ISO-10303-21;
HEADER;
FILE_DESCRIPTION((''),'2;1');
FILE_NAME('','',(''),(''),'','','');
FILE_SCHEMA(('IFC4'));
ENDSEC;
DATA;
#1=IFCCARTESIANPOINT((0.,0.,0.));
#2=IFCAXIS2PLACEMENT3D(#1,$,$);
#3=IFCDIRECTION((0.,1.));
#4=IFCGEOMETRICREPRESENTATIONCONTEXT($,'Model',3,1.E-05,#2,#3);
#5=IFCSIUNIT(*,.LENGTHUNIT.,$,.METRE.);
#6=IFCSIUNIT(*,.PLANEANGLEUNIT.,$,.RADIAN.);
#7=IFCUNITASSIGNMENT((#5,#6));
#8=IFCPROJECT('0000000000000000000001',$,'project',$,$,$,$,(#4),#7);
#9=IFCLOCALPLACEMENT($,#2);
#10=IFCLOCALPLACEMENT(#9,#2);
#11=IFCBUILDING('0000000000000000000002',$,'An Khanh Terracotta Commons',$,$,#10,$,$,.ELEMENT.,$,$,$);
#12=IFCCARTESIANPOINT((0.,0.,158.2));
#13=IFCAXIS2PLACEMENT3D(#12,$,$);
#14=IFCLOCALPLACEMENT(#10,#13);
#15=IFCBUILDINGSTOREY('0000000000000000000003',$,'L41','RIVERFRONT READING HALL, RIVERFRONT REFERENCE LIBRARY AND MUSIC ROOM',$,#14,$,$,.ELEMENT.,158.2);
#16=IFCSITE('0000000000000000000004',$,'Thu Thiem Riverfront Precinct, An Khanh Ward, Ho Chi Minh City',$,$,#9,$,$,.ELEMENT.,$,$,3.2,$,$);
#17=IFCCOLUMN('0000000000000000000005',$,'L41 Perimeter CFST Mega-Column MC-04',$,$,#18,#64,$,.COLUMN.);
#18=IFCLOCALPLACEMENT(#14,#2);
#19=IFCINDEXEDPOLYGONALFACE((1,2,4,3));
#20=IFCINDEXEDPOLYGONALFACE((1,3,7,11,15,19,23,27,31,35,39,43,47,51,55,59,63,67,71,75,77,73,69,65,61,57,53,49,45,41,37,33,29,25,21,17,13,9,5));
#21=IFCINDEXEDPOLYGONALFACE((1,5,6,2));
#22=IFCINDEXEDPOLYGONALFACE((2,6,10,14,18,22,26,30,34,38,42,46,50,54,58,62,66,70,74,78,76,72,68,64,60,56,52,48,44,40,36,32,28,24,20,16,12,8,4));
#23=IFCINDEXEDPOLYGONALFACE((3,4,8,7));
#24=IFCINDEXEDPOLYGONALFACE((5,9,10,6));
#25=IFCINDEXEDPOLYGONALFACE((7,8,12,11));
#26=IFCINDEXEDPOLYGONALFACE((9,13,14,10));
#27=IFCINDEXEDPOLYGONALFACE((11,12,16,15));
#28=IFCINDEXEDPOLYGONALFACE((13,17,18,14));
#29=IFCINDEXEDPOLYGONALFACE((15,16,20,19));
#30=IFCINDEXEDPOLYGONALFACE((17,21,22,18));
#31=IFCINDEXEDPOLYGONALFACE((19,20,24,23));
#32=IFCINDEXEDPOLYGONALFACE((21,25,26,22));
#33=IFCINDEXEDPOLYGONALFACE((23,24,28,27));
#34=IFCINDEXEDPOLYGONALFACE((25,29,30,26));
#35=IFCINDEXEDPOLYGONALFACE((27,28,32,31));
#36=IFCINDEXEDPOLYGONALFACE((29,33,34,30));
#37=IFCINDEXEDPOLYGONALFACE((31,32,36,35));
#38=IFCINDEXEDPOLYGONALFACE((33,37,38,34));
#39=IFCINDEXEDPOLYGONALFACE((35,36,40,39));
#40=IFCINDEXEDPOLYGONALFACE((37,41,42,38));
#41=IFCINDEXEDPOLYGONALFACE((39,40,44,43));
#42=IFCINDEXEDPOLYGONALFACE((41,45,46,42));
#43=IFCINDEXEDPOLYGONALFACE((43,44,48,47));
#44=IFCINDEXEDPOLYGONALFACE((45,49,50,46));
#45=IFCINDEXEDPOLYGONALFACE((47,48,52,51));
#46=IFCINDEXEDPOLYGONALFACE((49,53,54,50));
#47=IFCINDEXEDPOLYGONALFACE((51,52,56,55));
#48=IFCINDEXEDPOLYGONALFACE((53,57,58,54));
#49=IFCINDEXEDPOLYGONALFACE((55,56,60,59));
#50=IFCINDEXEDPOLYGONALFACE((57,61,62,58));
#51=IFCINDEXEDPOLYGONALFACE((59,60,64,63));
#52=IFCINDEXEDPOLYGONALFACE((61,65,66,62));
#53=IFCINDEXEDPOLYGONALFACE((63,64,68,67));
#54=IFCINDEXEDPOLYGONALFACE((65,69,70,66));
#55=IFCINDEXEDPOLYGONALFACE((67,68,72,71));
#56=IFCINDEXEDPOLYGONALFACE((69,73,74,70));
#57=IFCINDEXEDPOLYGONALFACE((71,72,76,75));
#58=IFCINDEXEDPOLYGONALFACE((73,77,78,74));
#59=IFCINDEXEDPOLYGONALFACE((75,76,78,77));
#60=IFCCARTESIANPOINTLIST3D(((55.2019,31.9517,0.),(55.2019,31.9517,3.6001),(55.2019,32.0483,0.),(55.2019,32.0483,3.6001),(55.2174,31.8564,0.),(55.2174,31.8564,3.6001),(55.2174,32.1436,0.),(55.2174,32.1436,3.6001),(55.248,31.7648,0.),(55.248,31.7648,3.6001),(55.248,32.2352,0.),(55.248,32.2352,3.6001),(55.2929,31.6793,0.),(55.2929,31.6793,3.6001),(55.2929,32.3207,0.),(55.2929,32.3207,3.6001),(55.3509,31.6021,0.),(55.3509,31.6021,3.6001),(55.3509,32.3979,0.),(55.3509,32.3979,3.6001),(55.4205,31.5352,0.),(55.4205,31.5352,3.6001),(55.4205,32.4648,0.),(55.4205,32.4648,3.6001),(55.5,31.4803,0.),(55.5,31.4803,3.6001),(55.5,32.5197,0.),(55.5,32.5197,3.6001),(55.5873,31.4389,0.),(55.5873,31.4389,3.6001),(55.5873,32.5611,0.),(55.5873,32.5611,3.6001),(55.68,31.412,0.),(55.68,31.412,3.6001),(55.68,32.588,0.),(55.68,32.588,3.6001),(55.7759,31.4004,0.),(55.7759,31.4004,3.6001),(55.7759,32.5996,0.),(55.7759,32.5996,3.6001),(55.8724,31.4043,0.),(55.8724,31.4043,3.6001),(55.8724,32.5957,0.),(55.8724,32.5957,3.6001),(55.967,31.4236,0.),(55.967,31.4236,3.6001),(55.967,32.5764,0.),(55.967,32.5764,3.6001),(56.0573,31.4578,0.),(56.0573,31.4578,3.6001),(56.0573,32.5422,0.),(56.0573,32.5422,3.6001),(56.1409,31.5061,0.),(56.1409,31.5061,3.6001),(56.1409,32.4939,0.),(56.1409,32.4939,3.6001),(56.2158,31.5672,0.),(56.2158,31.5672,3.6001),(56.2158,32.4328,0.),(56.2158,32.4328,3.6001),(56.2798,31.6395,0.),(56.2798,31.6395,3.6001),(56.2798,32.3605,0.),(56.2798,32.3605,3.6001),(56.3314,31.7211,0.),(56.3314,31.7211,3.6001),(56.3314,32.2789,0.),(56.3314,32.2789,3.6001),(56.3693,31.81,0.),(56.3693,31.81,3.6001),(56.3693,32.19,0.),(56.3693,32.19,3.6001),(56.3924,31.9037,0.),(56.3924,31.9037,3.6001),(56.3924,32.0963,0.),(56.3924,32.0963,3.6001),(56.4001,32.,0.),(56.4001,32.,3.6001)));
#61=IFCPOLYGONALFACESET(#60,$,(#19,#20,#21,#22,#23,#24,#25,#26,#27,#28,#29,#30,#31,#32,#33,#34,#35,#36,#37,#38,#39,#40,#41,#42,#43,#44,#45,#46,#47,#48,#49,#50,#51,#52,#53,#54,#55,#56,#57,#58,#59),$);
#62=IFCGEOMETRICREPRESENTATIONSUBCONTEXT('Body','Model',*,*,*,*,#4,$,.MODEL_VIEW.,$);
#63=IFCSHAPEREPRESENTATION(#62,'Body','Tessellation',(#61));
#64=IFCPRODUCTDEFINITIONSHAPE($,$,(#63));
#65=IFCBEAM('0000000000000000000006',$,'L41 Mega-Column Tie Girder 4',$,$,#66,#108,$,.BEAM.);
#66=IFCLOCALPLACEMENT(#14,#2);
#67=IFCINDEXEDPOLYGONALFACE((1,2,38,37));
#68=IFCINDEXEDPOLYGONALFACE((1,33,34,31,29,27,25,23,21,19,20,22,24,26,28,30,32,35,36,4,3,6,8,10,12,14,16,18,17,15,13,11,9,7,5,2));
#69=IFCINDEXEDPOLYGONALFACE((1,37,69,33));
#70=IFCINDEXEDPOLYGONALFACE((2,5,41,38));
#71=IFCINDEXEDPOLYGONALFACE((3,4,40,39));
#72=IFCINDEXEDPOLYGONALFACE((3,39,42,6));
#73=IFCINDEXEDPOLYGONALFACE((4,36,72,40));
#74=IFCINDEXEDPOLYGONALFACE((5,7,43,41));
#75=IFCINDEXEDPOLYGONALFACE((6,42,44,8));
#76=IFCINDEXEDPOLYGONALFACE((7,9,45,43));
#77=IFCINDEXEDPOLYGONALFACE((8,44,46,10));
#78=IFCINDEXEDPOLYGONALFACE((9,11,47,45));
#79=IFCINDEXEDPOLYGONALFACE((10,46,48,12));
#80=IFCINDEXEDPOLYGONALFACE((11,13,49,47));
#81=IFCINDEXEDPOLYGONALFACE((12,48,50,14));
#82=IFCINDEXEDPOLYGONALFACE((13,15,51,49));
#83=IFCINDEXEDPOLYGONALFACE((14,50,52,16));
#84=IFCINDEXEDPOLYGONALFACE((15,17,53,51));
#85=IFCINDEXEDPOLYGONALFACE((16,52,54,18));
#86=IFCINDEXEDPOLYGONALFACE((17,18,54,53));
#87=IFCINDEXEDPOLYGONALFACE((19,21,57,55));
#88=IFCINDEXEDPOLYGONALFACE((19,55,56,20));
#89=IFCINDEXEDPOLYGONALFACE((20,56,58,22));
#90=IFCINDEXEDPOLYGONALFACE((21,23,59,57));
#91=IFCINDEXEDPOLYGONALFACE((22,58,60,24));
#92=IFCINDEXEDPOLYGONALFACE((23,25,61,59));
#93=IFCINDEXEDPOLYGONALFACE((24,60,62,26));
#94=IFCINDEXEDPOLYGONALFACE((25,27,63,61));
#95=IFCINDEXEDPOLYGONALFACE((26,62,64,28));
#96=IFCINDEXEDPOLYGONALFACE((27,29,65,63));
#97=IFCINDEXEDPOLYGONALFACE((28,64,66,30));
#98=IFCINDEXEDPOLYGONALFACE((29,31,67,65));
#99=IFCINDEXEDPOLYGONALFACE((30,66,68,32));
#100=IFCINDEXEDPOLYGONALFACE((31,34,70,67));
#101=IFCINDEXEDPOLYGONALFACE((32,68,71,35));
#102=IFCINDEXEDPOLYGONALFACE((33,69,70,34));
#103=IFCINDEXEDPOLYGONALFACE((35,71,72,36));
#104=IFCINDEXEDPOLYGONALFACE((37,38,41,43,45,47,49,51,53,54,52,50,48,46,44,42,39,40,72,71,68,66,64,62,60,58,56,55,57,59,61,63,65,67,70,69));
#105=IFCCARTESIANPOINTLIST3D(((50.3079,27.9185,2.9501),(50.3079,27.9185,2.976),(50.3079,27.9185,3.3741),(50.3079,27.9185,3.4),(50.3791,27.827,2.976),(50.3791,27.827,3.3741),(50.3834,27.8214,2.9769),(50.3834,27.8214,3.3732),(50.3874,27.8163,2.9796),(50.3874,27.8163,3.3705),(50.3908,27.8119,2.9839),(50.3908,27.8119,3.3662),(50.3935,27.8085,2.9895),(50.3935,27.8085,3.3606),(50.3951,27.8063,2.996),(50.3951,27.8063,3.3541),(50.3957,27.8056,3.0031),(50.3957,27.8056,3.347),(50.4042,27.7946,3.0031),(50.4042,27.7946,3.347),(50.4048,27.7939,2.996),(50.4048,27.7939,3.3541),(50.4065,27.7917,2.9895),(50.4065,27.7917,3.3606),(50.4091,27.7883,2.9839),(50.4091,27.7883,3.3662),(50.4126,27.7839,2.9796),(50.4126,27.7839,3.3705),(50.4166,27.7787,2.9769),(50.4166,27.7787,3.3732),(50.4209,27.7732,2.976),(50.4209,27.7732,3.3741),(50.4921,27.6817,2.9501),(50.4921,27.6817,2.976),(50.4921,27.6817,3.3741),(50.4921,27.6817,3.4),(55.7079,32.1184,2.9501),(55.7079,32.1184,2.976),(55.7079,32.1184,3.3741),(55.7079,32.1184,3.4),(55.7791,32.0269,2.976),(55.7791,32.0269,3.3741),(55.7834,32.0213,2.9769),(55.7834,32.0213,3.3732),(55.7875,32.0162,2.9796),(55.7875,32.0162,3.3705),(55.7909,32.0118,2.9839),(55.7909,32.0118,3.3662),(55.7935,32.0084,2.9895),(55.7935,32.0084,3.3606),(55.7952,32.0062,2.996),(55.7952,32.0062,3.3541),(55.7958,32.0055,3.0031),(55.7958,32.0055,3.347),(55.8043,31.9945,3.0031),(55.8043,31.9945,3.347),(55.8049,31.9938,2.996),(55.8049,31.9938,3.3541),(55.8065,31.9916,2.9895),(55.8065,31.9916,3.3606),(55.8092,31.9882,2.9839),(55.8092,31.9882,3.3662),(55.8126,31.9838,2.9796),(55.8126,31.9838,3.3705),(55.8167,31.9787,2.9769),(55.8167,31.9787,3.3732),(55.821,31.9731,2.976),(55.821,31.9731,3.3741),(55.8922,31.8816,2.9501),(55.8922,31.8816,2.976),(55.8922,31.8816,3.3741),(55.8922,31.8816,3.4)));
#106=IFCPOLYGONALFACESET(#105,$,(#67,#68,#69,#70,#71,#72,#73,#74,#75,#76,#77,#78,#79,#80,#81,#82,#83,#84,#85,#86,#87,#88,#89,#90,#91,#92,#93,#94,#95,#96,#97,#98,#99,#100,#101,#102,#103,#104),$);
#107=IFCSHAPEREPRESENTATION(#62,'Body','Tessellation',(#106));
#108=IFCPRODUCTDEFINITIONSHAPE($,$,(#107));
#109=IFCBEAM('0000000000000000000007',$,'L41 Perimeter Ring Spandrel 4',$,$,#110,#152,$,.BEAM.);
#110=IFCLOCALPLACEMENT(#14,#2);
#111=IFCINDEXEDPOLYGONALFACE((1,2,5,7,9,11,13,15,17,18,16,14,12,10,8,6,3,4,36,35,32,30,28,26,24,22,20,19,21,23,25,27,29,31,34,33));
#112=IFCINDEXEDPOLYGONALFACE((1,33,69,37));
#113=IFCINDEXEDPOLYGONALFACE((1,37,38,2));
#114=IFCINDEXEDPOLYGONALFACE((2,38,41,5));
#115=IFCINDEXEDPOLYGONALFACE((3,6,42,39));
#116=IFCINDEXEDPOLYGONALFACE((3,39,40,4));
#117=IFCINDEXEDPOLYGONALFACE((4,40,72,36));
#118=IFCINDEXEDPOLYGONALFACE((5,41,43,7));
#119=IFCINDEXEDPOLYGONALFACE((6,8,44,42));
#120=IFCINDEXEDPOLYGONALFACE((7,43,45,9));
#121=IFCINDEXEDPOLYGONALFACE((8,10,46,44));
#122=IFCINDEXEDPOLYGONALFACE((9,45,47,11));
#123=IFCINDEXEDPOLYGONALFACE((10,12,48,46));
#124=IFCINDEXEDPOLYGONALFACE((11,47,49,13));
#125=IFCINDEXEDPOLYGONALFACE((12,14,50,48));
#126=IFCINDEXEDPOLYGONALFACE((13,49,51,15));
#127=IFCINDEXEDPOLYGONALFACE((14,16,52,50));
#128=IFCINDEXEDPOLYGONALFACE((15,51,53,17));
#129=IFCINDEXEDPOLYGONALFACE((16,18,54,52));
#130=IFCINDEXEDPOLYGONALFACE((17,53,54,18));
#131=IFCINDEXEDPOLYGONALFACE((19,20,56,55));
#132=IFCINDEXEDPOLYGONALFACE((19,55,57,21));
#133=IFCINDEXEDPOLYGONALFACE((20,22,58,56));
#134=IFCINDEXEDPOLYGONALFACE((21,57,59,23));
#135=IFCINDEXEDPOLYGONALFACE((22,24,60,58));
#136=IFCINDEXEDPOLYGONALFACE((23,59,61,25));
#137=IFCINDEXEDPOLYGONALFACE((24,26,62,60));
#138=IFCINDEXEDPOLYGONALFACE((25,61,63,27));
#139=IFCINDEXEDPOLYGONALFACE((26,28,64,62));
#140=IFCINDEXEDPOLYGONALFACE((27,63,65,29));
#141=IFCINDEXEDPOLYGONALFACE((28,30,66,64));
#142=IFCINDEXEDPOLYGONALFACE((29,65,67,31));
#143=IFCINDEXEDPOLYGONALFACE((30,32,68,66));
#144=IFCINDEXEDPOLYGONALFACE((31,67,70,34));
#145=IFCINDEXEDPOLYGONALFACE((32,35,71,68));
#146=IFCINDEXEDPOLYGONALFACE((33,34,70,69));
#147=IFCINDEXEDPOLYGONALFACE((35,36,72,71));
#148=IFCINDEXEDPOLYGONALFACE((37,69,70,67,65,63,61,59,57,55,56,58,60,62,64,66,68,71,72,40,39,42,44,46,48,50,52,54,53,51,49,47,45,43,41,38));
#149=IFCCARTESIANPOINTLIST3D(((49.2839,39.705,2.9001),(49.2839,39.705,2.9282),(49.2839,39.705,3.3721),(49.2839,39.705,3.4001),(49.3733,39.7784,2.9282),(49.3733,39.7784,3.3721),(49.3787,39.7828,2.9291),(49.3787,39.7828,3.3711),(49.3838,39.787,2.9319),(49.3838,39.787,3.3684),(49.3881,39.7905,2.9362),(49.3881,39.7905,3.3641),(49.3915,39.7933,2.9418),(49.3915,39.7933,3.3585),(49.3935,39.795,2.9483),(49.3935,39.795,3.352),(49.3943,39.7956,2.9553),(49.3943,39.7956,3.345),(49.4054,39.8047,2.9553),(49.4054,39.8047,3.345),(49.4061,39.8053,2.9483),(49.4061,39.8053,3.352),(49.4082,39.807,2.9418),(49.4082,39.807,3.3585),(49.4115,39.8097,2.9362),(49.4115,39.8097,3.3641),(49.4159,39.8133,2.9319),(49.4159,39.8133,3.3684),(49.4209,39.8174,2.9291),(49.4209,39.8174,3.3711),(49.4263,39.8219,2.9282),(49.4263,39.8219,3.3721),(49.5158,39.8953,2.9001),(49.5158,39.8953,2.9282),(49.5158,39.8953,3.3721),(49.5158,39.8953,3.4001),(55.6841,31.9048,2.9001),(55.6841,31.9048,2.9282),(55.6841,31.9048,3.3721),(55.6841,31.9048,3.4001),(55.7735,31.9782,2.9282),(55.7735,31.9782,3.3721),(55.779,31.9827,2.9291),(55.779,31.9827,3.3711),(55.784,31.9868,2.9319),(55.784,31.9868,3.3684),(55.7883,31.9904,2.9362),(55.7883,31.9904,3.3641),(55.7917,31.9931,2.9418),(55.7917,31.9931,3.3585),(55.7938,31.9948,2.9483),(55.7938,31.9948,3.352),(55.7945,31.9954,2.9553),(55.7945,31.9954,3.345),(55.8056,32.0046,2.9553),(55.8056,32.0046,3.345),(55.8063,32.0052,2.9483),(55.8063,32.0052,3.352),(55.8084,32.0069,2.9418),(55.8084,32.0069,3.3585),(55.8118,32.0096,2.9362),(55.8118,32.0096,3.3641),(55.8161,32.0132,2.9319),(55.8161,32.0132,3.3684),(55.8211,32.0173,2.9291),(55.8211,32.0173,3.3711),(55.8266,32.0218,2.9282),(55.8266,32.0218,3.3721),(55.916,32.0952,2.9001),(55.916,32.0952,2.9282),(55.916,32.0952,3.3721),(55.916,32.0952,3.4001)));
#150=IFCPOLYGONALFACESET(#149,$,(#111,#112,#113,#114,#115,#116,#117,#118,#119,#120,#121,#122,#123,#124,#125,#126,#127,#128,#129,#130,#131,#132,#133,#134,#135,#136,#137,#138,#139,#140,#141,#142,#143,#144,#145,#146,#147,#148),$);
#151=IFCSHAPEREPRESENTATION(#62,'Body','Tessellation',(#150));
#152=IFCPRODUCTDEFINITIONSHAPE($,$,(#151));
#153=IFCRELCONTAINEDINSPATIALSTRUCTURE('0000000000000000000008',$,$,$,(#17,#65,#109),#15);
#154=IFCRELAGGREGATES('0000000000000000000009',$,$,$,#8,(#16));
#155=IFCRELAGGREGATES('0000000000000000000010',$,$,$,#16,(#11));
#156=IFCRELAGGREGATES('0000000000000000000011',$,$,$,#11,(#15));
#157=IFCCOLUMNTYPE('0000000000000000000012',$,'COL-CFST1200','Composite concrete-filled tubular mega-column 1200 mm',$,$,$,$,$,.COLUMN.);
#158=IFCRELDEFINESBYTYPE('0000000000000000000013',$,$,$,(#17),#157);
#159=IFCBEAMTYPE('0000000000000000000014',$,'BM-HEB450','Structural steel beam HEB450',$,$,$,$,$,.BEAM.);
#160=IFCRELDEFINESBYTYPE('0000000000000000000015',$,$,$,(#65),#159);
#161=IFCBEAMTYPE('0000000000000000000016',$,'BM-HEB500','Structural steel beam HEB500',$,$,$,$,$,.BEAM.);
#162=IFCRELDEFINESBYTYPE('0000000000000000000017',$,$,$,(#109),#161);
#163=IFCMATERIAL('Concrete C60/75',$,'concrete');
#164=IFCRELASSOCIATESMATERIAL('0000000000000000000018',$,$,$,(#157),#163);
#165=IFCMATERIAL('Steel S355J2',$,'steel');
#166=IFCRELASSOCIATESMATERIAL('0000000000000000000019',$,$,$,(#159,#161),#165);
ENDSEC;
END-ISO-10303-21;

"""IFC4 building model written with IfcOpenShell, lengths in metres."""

from ifc_helpers import new_model, si_unit, direction, frame, origin, origin_2d, place, context, subcontext, project, spatial, circle, i_section, extrude, material, material_profile, profile_set, type_object, element, save


model = new_model("IFC4")

# Units and contexts
model_context = context("Model", 3, precision=1e-05, world=origin(), true_north=direction((0.0, 1.0)))
body_context = subcontext(model_context, "Body", "Model", "MODEL_VIEW")
ifc_project = project(units=[si_unit("LENGTHUNIT", "METRE"), si_unit("PLANEANGLEUNIT", "RADIAN")], contexts=[model_context])

# Site, building, storey
site_placement = place(None, origin())
site = spatial("IfcSite", under=ifc_project, at=site_placement, Name="Thu Thiem Riverfront Precinct, An Khanh Ward, Ho Chi Minh City", CompositionType="ELEMENT", RefElevation=3.2)
building_placement = place(site_placement, origin())
building = spatial("IfcBuilding", under=site, at=building_placement, Name="An Khanh Terracotta Commons", CompositionType="ELEMENT")
storey_placement = place(building_placement, frame((0.0, 0.0, 158.2)))
storey = spatial("IfcBuildingStorey", under=building, at=storey_placement, Name="L41", Description="RIVERFRONT READING HALL, RIVERFRONT REFERENCE LIBRARY AND MUSIC ROOM", CompositionType="ELEMENT", Elevation=158.2)

# Column
ifc_material_1 = material(Name="Concrete C60/75", Category="concrete")
ifc_material_profile_1 = material_profile(ifc_material_1, circle(Radius=0.6001, at=origin_2d()), Name="CFST1200")
ifc_profile_set_1 = profile_set([ifc_material_profile_1], Name="Concrete C60/75")
column_type = type_object("IfcColumnType", Name="COL-CFST1200", Description="Composite concrete-filled tubular mega-column 1200 mm", PredefinedType="COLUMN", material=ifc_profile_set_1)
column_placement = place(storey_placement, frame((55.8, 32.0, 0.0), z_axis=(0.0, 0.0, 1.0), x_axis=(1.0, 0.0, 0.0)))
element("IfcColumn", 1, at=column_placement, inside=storey, type_object=column_type, Name="L41 Perimeter CFST Mega-Column MC-04", PredefinedType="COLUMN", context=body_context, shape_type="SweptSolid", body=[
    extrude(circle(Radius=0.6001, at=origin_2d()), origin(), (0.0, 0.0, 1.0), 3.6001),
])

# Beams
ifc_material_2 = material(Name="Steel S355J2", Category="steel")
ifc_material_profile_2 = material_profile(ifc_material_2, i_section(OverallWidth=0.3, OverallDepth=0.45, WebThickness=0.0139, FlangeThickness=0.0259, FilletRadius=0.0271, at=origin_2d()), Name="HEB450")
ifc_profile_set_2 = profile_set([ifc_material_profile_2], Name="Steel S355J2")
beam_type_1 = type_object("IfcBeamType", Name="BM-HEB450", Description="Structural steel beam HEB450", PredefinedType="BEAM", material=ifc_profile_set_2)
beam_1_placement = place(storey_placement, frame((55.8, 32.0, 3.175), z_axis=(-0.789364, -0.613926, 0.0), x_axis=(0.613926, -0.789364, 0.0)))
element("IfcBeam", 2, at=beam_1_placement, inside=storey, type_object=beam_type_1, Name="L41 Mega-Column Tie Girder 4", PredefinedType="BEAM", context=body_context, shape_type="SweptSolid", body=[
    extrude(i_section(OverallWidth=0.3, OverallDepth=0.45, WebThickness=0.0139, FlangeThickness=0.0259, FilletRadius=0.0271, at=origin_2d()), origin(), (0.0, 0.0, 1.0), 6.8411),
])
ifc_material_profile_3 = material_profile(ifc_material_2, i_section(OverallWidth=0.3, OverallDepth=0.5, WebThickness=0.0144, FlangeThickness=0.0281, FilletRadius=0.0271, at=origin_2d()), Name="HEB500")
ifc_profile_set_3 = profile_set([ifc_material_profile_3], Name="Steel S355J2")
beam_type_2 = type_object("IfcBeamType", Name="BM-HEB500", Description="Structural steel beam HEB500", PredefinedType="BEAM", material=ifc_profile_set_3)
beam_2_placement = place(storey_placement, frame((55.8, 32.0, 3.1501), z_axis=(-0.634323, 0.773068, 0.0), x_axis=(-0.773068, -0.634323, 0.0)))
element("IfcBeam", 3, at=beam_2_placement, inside=storey, type_object=beam_type_2, Name="L41 Perimeter Ring Spandrel 4", PredefinedType="BEAM", context=body_context, shape_type="SweptSolid", body=[
    extrude(i_section(OverallWidth=0.3, OverallDepth=0.5, WebThickness=0.0144, FlangeThickness=0.0281, FilletRadius=0.0271, at=origin_2d()), origin(), (0.0, 0.0, 1.0), 10.0898),
])

save(model, "model.ifc")
